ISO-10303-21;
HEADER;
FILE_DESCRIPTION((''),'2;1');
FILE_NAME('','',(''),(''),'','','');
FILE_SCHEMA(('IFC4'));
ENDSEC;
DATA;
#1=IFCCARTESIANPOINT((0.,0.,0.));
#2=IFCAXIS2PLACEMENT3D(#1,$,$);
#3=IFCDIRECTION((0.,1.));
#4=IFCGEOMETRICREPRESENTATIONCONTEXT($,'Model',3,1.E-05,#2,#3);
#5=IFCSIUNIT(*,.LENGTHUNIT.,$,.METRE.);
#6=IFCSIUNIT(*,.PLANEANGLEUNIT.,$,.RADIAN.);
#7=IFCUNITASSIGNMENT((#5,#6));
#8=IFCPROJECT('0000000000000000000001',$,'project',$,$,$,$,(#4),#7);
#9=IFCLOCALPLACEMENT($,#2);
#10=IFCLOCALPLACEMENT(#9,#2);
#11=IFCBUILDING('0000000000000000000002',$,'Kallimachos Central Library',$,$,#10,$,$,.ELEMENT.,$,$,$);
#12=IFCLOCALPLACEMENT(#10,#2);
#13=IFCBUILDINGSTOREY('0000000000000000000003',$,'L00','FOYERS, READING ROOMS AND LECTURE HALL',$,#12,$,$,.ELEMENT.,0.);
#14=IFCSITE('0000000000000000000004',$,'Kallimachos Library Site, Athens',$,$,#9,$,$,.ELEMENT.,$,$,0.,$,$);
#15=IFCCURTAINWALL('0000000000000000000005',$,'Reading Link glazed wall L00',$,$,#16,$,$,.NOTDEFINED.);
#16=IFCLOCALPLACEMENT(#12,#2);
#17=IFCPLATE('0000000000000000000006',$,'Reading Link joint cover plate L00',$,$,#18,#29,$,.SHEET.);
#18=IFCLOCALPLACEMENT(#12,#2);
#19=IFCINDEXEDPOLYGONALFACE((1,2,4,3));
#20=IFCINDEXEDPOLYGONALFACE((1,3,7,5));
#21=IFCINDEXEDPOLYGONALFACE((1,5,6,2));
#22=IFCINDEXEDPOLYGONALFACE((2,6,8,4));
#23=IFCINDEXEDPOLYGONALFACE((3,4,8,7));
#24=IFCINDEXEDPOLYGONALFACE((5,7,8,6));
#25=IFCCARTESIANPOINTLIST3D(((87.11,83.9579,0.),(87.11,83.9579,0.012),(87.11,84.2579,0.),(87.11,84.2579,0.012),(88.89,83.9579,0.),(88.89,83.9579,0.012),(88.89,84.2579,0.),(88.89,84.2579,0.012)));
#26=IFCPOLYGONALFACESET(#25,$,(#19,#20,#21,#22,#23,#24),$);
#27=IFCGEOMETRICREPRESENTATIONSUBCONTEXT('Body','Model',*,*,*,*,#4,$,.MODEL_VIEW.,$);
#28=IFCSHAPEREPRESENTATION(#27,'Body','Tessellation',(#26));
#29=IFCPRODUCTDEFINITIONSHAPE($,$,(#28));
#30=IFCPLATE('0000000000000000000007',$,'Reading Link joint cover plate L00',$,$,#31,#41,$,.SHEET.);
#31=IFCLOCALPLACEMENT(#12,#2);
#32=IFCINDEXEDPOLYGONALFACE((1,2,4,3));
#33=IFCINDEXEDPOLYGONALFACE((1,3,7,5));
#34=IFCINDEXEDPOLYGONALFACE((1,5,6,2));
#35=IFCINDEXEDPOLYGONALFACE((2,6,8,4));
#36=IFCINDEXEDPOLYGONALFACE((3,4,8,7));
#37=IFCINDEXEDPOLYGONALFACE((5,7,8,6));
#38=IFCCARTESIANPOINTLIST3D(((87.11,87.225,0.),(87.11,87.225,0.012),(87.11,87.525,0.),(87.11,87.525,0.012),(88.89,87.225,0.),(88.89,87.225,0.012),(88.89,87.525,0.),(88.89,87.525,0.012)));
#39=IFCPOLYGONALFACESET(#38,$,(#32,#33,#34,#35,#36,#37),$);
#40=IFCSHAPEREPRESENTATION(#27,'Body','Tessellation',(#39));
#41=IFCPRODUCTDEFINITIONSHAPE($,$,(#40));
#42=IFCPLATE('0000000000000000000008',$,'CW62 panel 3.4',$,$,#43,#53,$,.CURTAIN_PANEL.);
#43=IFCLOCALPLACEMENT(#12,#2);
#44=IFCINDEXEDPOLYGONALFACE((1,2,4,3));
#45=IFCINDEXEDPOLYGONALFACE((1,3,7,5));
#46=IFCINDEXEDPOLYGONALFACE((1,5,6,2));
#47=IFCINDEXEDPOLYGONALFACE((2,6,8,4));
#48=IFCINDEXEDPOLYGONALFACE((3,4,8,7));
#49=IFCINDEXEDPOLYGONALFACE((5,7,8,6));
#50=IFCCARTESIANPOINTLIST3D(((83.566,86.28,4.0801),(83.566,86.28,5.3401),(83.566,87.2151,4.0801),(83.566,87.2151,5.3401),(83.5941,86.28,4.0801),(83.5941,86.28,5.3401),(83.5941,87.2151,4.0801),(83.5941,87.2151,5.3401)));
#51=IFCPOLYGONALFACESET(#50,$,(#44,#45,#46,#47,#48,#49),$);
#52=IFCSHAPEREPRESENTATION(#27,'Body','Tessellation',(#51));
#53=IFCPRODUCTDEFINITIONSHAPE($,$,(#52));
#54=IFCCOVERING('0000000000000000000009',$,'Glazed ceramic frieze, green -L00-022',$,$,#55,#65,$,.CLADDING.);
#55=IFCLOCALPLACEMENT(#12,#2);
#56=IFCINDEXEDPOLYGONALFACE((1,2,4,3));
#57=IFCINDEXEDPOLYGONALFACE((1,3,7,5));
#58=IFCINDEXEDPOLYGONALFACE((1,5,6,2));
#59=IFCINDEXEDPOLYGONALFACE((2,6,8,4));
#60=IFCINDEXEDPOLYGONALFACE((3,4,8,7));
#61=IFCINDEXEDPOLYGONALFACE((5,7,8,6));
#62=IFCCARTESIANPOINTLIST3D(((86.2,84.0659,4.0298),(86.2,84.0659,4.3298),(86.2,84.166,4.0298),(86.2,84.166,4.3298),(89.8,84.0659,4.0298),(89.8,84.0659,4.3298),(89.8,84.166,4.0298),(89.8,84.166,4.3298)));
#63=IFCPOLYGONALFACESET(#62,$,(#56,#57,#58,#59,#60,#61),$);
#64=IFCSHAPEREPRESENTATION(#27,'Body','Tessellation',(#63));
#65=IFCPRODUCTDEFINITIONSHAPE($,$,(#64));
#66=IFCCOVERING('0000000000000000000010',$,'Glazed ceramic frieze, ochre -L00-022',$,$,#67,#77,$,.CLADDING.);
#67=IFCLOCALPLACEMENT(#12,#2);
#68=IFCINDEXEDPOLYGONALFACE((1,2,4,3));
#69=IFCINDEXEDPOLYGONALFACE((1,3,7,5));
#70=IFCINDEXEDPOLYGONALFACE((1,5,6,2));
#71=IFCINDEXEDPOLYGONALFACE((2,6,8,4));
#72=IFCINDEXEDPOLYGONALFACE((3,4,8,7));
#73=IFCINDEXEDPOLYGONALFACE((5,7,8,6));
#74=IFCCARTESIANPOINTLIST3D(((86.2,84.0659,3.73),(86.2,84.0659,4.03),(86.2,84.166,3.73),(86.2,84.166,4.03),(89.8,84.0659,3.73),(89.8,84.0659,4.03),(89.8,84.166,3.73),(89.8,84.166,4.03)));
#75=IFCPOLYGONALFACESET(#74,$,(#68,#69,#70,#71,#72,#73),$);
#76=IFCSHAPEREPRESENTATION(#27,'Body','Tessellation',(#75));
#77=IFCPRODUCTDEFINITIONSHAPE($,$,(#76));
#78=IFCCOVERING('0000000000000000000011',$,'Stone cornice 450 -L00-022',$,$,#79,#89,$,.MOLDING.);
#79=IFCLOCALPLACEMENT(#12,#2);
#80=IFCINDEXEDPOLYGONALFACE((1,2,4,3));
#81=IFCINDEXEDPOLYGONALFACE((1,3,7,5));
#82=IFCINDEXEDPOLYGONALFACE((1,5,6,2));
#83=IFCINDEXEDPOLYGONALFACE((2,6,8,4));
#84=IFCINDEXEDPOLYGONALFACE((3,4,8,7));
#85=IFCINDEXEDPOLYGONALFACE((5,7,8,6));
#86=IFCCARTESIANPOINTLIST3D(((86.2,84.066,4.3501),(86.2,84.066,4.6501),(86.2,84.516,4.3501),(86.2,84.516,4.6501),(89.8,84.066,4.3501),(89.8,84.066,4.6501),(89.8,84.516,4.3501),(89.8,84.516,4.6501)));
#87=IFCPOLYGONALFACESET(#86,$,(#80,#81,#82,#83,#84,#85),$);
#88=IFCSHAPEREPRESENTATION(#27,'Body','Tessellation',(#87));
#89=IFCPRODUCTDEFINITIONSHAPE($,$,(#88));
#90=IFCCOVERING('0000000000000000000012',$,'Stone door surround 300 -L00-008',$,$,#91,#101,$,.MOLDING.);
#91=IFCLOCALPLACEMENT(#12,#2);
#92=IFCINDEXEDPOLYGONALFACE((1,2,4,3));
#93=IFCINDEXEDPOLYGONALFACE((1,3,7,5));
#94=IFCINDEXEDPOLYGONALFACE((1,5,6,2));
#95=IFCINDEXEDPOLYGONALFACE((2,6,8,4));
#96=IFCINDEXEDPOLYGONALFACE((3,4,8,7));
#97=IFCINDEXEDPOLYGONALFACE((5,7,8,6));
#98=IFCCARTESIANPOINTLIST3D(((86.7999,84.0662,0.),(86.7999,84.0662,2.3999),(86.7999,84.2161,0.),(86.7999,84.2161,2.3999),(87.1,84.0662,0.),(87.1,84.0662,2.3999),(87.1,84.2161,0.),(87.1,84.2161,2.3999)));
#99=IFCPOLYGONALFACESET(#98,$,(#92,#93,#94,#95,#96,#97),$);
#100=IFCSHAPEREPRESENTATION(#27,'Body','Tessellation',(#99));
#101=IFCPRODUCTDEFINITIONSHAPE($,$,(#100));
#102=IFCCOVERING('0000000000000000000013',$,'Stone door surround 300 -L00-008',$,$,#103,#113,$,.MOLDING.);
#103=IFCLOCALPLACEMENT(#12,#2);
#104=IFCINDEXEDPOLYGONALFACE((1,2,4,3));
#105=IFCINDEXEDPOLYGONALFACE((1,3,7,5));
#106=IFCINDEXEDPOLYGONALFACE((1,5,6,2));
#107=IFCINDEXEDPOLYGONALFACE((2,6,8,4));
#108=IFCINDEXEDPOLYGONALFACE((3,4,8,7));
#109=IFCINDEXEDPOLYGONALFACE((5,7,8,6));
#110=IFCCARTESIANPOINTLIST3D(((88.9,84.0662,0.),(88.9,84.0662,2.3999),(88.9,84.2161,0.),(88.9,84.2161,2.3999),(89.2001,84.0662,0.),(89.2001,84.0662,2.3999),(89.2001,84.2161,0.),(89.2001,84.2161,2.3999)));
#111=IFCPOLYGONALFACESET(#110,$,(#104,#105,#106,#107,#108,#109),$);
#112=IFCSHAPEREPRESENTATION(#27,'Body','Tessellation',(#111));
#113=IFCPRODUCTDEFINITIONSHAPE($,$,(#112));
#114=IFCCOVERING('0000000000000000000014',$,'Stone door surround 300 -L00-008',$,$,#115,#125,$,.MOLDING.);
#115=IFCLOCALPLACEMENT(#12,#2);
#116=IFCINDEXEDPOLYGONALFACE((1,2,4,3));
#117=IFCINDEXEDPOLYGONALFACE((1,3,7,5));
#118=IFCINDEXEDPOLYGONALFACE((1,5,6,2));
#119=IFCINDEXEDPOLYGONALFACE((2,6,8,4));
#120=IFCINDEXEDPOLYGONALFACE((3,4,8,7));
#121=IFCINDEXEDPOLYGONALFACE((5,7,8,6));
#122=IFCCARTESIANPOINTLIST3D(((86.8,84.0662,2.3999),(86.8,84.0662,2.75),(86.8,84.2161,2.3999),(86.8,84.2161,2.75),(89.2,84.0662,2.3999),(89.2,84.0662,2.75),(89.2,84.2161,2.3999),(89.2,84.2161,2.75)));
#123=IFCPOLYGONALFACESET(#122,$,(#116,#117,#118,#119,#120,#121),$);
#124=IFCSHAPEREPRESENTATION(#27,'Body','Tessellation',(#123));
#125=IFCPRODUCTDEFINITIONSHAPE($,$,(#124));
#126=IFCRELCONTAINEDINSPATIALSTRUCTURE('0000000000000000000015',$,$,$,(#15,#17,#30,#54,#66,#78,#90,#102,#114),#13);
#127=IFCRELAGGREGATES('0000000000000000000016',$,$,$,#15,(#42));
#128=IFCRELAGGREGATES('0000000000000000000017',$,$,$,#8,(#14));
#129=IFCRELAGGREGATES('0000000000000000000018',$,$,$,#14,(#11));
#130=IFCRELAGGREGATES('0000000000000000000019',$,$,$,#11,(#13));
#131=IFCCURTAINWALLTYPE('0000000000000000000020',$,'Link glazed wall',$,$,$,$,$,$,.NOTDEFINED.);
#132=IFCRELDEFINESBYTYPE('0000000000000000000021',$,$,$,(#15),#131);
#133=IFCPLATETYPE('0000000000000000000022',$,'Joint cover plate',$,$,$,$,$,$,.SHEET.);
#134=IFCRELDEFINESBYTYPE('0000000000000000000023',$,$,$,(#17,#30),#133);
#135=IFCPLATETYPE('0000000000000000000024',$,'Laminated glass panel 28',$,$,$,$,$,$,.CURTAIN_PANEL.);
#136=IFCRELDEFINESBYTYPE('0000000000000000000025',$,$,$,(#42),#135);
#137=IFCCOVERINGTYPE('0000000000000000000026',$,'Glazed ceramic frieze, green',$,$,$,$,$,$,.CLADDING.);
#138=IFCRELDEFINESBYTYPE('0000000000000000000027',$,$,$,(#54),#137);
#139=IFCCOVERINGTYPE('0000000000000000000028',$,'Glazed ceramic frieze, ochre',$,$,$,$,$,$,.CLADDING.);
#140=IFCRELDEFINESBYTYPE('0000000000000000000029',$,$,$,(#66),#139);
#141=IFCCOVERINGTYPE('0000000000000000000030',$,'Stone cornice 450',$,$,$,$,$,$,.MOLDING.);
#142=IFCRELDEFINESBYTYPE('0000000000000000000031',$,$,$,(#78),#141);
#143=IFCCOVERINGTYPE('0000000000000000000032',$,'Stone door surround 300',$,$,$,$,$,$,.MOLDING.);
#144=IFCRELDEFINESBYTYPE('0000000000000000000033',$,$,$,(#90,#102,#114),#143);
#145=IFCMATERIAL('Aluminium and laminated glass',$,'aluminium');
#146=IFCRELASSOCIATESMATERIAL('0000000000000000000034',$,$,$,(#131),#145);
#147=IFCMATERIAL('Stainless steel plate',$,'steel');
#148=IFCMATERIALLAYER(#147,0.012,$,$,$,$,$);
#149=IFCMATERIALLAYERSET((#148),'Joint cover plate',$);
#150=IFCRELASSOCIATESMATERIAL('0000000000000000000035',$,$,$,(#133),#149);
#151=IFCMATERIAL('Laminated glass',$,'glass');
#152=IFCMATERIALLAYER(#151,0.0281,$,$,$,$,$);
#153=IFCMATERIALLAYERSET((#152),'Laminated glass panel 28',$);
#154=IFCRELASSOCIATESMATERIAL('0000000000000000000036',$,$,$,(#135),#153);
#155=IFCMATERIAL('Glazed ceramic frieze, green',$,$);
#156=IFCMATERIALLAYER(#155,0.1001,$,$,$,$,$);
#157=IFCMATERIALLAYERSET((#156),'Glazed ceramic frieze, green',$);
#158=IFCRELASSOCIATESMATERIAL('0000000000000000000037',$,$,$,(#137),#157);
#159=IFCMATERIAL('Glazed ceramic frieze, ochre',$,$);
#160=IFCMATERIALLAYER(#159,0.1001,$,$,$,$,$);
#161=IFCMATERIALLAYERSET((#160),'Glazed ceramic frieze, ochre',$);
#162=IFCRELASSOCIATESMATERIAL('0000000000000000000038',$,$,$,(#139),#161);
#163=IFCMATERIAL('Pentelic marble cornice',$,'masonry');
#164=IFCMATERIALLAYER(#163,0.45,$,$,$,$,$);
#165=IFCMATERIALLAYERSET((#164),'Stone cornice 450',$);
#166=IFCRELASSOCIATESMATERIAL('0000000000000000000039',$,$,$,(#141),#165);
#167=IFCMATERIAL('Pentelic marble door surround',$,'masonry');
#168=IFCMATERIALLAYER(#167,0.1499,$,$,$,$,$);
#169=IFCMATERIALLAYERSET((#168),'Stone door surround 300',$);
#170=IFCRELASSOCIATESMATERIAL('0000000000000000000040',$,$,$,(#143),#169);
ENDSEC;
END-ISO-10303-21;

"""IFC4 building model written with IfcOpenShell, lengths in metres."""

from ifc_helpers import new_model, si_unit, direction, frame, origin, origin_2d, place, context, subcontext, project, spatial, rectangle, extrude, material, layer, layer_set, type_object, element, aggregate, save


model = new_model("IFC4")

# Units and contexts
model_context = context("Model", 3, precision=1e-05, world=origin(), true_north=direction((0.0, 1.0)))
body_context = subcontext(model_context, "Body", "Model", "MODEL_VIEW")
ifc_project = project(units=[si_unit("LENGTHUNIT", "METRE"), si_unit("PLANEANGLEUNIT", "RADIAN")], contexts=[model_context])

# Site, building, storey
site_placement = place(None, origin())
site = spatial("IfcSite", under=ifc_project, at=site_placement, Name="Kallimachos Library Site, Athens", CompositionType="ELEMENT", RefElevation=0.0)
building_placement = place(site_placement, origin())
building = spatial("IfcBuilding", under=site, at=building_placement, Name="Kallimachos Central Library", CompositionType="ELEMENT")
storey_placement = place(building_placement, origin())
storey = spatial("IfcBuildingStorey", under=building, at=storey_placement, Name="L00", Description="FOYERS, READING ROOMS AND LECTURE HALL", CompositionType="ELEMENT", Elevation=0.0)

# Curtain wall
ifc_material_1 = material(Name="Aluminium and laminated glass", Category="aluminium")
curtain_wall_type = type_object("IfcCurtainWallType", Name="Link glazed wall", PredefinedType="NOTDEFINED", material=ifc_material_1)
curtain_wall_placement = place(storey_placement, origin())
curtain_wall = element("IfcCurtainWall", 1, at=curtain_wall_placement, inside=storey, type_object=curtain_wall_type, Name="Reading Link glazed wall L00", PredefinedType="NOTDEFINED")

# Plates
ifc_material_2 = material(Name="Stainless steel plate", Category="steel")
ifc_layer_1 = layer(ifc_material_2, 0.012)
ifc_layer_set_1 = layer_set([ifc_layer_1], Name="Joint cover plate")
plate_type_1 = type_object("IfcPlateType", Name="Joint cover plate", PredefinedType="SHEET", material=ifc_layer_set_1)
for number, where, z_axis, x_axis, name in (
    (2, (88.0, 84.1079, 0.0), (0.0, 0.0, 1.0), (1.0, 0.0, 0.0), "Reading Link joint cover plate L00"),
    (3, (88.0, 87.375, 0.0), (0.0, 0.0, 1.0), (1.0, 0.0, 0.0), "Reading Link joint cover plate L00"),
):
    element("IfcPlate", number, at=place(storey_placement, frame(where, z_axis=z_axis, x_axis=x_axis)), inside=storey, type_object=plate_type_1, Name=name, PredefinedType="SHEET", context=body_context, shape_type="SweptSolid", body=[
        extrude(rectangle(XDim=1.78, YDim=0.3, at=origin_2d()), origin(), (0.0, 0.0, 1.0), 0.012),
    ])

# Plate
ifc_material_3 = material(Name="Laminated glass", Category="glass")
ifc_layer_2 = layer(ifc_material_3, 0.0281)
ifc_layer_set_2 = layer_set([ifc_layer_2], Name="Laminated glass panel 28")
plate_type_2 = type_object("IfcPlateType", Name="Laminated glass panel 28", PredefinedType="CURTAIN_PANEL", material=ifc_layer_set_2)
plate_placement = place(storey_placement, frame((83.5801, 86.7476, 4.0801), z_axis=(0.0, 0.0, 1.0), x_axis=(0.0, 1.0, 0.0)))
plate = element("IfcPlate", 4, at=plate_placement, type_object=plate_type_2, Name="CW62 panel 3.4", PredefinedType="CURTAIN_PANEL", context=body_context, shape_type="SweptSolid", body=[
    extrude(rectangle(XDim=0.9351, YDim=0.0281, at=origin_2d()), origin(), (0.0, 0.0, 1.0), 1.26),
])
aggregate(curtain_wall, [plate])

# Coverings
ifc_material_4 = material(Name="Glazed ceramic frieze, green")
ifc_layer_3 = layer(ifc_material_4, 0.1001)
ifc_layer_set_3 = layer_set([ifc_layer_3], Name="Glazed ceramic frieze, green")
covering_type_1 = type_object("IfcCoveringType", Name="Glazed ceramic frieze, green", PredefinedType="CLADDING", material=ifc_layer_set_3)
covering_1_placement = place(storey_placement, frame((88.0, 84.116, 4.0298), z_axis=(0.0, 0.0, 1.0), x_axis=(1.0, 0.0, 0.0)))
element("IfcCovering", 5, at=covering_1_placement, inside=storey, type_object=covering_type_1, Name="Glazed ceramic frieze, green -L00-022", PredefinedType="CLADDING", context=body_context, shape_type="SweptSolid", body=[
    extrude(rectangle(XDim=3.6001, YDim=0.1001, at=origin_2d()), origin(), (0.0, 0.0, 1.0), 0.3),
])
ifc_material_5 = material(Name="Glazed ceramic frieze, ochre")
ifc_layer_4 = layer(ifc_material_5, 0.1001)
ifc_layer_set_4 = layer_set([ifc_layer_4], Name="Glazed ceramic frieze, ochre")
covering_type_2 = type_object("IfcCoveringType", Name="Glazed ceramic frieze, ochre", PredefinedType="CLADDING", material=ifc_layer_set_4)
covering_2_placement = place(storey_placement, frame((88.0, 84.116, 3.73), z_axis=(0.0, 0.0, 1.0), x_axis=(1.0, 0.0, 0.0)))
element("IfcCovering", 6, at=covering_2_placement, inside=storey, type_object=covering_type_2, Name="Glazed ceramic frieze, ochre -L00-022", PredefinedType="CLADDING", context=body_context, shape_type="SweptSolid", body=[
    extrude(rectangle(XDim=3.6001, YDim=0.1001, at=origin_2d()), origin(), (0.0, 0.0, 1.0), 0.3),
])
ifc_material_6 = material(Name="Pentelic marble cornice", Category="masonry")
ifc_layer_5 = layer(ifc_material_6, 0.45)
ifc_layer_set_5 = layer_set([ifc_layer_5], Name="Stone cornice 450")
covering_type_3 = type_object("IfcCoveringType", Name="Stone cornice 450", PredefinedType="MOLDING", material=ifc_layer_set_5)
covering_3_placement = place(storey_placement, frame((88.0, 84.291, 4.3501), z_axis=(0.0, 0.0, 1.0), x_axis=(1.0, 0.0, 0.0)))
element("IfcCovering", 7, at=covering_3_placement, inside=storey, type_object=covering_type_3, Name="Stone cornice 450 -L00-022", PredefinedType="MOLDING", context=body_context, shape_type="SweptSolid", body=[
    extrude(rectangle(XDim=3.6001, YDim=0.45, at=origin_2d()), origin(), (0.0, 0.0, 1.0), 0.3),
])
ifc_material_7 = material(Name="Pentelic marble door surround", Category="masonry")
ifc_layer_6 = layer(ifc_material_7, 0.1499)
ifc_layer_set_6 = layer_set([ifc_layer_6], Name="Stone door surround 300")
covering_type_4 = type_object("IfcCoveringType", Name="Stone door surround 300", PredefinedType="MOLDING", material=ifc_layer_set_6)
for number, where, z_axis, x_axis, name in (
    (8, (86.95, 84.1411, 0.0), (0.0, 0.0, 1.0), (1.0, 0.0, 0.0), "Stone door surround 300 -L00-008"),
    (9, (89.05, 84.1411, 0.0), (0.0, 0.0, 1.0), (1.0, 0.0, 0.0), "Stone door surround 300 -L00-008"),
):
    element("IfcCovering", number, at=place(storey_placement, frame(where, z_axis=z_axis, x_axis=x_axis)), inside=storey, type_object=covering_type_4, Name=name, PredefinedType="MOLDING", context=body_context, shape_type="SweptSolid", body=[
        extrude(rectangle(XDim=0.3, YDim=0.1499, at=origin_2d()), origin(), (0.0, 0.0, 1.0), 2.3999),
    ])
covering_4_placement = place(storey_placement, frame((88.0, 84.1411, 2.3999), z_axis=(0.0, 0.0, 1.0), x_axis=(1.0, 0.0, 0.0)))
element("IfcCovering", 10, at=covering_4_placement, inside=storey, type_object=covering_type_4, Name="Stone door surround 300 -L00-008", PredefinedType="MOLDING", context=body_context, shape_type="SweptSolid", body=[
    extrude(rectangle(XDim=2.3999, YDim=0.1499, at=origin_2d()), origin(), (0.0, 0.0, 1.0), 0.3501),
])

save(model, "model.ifc")
